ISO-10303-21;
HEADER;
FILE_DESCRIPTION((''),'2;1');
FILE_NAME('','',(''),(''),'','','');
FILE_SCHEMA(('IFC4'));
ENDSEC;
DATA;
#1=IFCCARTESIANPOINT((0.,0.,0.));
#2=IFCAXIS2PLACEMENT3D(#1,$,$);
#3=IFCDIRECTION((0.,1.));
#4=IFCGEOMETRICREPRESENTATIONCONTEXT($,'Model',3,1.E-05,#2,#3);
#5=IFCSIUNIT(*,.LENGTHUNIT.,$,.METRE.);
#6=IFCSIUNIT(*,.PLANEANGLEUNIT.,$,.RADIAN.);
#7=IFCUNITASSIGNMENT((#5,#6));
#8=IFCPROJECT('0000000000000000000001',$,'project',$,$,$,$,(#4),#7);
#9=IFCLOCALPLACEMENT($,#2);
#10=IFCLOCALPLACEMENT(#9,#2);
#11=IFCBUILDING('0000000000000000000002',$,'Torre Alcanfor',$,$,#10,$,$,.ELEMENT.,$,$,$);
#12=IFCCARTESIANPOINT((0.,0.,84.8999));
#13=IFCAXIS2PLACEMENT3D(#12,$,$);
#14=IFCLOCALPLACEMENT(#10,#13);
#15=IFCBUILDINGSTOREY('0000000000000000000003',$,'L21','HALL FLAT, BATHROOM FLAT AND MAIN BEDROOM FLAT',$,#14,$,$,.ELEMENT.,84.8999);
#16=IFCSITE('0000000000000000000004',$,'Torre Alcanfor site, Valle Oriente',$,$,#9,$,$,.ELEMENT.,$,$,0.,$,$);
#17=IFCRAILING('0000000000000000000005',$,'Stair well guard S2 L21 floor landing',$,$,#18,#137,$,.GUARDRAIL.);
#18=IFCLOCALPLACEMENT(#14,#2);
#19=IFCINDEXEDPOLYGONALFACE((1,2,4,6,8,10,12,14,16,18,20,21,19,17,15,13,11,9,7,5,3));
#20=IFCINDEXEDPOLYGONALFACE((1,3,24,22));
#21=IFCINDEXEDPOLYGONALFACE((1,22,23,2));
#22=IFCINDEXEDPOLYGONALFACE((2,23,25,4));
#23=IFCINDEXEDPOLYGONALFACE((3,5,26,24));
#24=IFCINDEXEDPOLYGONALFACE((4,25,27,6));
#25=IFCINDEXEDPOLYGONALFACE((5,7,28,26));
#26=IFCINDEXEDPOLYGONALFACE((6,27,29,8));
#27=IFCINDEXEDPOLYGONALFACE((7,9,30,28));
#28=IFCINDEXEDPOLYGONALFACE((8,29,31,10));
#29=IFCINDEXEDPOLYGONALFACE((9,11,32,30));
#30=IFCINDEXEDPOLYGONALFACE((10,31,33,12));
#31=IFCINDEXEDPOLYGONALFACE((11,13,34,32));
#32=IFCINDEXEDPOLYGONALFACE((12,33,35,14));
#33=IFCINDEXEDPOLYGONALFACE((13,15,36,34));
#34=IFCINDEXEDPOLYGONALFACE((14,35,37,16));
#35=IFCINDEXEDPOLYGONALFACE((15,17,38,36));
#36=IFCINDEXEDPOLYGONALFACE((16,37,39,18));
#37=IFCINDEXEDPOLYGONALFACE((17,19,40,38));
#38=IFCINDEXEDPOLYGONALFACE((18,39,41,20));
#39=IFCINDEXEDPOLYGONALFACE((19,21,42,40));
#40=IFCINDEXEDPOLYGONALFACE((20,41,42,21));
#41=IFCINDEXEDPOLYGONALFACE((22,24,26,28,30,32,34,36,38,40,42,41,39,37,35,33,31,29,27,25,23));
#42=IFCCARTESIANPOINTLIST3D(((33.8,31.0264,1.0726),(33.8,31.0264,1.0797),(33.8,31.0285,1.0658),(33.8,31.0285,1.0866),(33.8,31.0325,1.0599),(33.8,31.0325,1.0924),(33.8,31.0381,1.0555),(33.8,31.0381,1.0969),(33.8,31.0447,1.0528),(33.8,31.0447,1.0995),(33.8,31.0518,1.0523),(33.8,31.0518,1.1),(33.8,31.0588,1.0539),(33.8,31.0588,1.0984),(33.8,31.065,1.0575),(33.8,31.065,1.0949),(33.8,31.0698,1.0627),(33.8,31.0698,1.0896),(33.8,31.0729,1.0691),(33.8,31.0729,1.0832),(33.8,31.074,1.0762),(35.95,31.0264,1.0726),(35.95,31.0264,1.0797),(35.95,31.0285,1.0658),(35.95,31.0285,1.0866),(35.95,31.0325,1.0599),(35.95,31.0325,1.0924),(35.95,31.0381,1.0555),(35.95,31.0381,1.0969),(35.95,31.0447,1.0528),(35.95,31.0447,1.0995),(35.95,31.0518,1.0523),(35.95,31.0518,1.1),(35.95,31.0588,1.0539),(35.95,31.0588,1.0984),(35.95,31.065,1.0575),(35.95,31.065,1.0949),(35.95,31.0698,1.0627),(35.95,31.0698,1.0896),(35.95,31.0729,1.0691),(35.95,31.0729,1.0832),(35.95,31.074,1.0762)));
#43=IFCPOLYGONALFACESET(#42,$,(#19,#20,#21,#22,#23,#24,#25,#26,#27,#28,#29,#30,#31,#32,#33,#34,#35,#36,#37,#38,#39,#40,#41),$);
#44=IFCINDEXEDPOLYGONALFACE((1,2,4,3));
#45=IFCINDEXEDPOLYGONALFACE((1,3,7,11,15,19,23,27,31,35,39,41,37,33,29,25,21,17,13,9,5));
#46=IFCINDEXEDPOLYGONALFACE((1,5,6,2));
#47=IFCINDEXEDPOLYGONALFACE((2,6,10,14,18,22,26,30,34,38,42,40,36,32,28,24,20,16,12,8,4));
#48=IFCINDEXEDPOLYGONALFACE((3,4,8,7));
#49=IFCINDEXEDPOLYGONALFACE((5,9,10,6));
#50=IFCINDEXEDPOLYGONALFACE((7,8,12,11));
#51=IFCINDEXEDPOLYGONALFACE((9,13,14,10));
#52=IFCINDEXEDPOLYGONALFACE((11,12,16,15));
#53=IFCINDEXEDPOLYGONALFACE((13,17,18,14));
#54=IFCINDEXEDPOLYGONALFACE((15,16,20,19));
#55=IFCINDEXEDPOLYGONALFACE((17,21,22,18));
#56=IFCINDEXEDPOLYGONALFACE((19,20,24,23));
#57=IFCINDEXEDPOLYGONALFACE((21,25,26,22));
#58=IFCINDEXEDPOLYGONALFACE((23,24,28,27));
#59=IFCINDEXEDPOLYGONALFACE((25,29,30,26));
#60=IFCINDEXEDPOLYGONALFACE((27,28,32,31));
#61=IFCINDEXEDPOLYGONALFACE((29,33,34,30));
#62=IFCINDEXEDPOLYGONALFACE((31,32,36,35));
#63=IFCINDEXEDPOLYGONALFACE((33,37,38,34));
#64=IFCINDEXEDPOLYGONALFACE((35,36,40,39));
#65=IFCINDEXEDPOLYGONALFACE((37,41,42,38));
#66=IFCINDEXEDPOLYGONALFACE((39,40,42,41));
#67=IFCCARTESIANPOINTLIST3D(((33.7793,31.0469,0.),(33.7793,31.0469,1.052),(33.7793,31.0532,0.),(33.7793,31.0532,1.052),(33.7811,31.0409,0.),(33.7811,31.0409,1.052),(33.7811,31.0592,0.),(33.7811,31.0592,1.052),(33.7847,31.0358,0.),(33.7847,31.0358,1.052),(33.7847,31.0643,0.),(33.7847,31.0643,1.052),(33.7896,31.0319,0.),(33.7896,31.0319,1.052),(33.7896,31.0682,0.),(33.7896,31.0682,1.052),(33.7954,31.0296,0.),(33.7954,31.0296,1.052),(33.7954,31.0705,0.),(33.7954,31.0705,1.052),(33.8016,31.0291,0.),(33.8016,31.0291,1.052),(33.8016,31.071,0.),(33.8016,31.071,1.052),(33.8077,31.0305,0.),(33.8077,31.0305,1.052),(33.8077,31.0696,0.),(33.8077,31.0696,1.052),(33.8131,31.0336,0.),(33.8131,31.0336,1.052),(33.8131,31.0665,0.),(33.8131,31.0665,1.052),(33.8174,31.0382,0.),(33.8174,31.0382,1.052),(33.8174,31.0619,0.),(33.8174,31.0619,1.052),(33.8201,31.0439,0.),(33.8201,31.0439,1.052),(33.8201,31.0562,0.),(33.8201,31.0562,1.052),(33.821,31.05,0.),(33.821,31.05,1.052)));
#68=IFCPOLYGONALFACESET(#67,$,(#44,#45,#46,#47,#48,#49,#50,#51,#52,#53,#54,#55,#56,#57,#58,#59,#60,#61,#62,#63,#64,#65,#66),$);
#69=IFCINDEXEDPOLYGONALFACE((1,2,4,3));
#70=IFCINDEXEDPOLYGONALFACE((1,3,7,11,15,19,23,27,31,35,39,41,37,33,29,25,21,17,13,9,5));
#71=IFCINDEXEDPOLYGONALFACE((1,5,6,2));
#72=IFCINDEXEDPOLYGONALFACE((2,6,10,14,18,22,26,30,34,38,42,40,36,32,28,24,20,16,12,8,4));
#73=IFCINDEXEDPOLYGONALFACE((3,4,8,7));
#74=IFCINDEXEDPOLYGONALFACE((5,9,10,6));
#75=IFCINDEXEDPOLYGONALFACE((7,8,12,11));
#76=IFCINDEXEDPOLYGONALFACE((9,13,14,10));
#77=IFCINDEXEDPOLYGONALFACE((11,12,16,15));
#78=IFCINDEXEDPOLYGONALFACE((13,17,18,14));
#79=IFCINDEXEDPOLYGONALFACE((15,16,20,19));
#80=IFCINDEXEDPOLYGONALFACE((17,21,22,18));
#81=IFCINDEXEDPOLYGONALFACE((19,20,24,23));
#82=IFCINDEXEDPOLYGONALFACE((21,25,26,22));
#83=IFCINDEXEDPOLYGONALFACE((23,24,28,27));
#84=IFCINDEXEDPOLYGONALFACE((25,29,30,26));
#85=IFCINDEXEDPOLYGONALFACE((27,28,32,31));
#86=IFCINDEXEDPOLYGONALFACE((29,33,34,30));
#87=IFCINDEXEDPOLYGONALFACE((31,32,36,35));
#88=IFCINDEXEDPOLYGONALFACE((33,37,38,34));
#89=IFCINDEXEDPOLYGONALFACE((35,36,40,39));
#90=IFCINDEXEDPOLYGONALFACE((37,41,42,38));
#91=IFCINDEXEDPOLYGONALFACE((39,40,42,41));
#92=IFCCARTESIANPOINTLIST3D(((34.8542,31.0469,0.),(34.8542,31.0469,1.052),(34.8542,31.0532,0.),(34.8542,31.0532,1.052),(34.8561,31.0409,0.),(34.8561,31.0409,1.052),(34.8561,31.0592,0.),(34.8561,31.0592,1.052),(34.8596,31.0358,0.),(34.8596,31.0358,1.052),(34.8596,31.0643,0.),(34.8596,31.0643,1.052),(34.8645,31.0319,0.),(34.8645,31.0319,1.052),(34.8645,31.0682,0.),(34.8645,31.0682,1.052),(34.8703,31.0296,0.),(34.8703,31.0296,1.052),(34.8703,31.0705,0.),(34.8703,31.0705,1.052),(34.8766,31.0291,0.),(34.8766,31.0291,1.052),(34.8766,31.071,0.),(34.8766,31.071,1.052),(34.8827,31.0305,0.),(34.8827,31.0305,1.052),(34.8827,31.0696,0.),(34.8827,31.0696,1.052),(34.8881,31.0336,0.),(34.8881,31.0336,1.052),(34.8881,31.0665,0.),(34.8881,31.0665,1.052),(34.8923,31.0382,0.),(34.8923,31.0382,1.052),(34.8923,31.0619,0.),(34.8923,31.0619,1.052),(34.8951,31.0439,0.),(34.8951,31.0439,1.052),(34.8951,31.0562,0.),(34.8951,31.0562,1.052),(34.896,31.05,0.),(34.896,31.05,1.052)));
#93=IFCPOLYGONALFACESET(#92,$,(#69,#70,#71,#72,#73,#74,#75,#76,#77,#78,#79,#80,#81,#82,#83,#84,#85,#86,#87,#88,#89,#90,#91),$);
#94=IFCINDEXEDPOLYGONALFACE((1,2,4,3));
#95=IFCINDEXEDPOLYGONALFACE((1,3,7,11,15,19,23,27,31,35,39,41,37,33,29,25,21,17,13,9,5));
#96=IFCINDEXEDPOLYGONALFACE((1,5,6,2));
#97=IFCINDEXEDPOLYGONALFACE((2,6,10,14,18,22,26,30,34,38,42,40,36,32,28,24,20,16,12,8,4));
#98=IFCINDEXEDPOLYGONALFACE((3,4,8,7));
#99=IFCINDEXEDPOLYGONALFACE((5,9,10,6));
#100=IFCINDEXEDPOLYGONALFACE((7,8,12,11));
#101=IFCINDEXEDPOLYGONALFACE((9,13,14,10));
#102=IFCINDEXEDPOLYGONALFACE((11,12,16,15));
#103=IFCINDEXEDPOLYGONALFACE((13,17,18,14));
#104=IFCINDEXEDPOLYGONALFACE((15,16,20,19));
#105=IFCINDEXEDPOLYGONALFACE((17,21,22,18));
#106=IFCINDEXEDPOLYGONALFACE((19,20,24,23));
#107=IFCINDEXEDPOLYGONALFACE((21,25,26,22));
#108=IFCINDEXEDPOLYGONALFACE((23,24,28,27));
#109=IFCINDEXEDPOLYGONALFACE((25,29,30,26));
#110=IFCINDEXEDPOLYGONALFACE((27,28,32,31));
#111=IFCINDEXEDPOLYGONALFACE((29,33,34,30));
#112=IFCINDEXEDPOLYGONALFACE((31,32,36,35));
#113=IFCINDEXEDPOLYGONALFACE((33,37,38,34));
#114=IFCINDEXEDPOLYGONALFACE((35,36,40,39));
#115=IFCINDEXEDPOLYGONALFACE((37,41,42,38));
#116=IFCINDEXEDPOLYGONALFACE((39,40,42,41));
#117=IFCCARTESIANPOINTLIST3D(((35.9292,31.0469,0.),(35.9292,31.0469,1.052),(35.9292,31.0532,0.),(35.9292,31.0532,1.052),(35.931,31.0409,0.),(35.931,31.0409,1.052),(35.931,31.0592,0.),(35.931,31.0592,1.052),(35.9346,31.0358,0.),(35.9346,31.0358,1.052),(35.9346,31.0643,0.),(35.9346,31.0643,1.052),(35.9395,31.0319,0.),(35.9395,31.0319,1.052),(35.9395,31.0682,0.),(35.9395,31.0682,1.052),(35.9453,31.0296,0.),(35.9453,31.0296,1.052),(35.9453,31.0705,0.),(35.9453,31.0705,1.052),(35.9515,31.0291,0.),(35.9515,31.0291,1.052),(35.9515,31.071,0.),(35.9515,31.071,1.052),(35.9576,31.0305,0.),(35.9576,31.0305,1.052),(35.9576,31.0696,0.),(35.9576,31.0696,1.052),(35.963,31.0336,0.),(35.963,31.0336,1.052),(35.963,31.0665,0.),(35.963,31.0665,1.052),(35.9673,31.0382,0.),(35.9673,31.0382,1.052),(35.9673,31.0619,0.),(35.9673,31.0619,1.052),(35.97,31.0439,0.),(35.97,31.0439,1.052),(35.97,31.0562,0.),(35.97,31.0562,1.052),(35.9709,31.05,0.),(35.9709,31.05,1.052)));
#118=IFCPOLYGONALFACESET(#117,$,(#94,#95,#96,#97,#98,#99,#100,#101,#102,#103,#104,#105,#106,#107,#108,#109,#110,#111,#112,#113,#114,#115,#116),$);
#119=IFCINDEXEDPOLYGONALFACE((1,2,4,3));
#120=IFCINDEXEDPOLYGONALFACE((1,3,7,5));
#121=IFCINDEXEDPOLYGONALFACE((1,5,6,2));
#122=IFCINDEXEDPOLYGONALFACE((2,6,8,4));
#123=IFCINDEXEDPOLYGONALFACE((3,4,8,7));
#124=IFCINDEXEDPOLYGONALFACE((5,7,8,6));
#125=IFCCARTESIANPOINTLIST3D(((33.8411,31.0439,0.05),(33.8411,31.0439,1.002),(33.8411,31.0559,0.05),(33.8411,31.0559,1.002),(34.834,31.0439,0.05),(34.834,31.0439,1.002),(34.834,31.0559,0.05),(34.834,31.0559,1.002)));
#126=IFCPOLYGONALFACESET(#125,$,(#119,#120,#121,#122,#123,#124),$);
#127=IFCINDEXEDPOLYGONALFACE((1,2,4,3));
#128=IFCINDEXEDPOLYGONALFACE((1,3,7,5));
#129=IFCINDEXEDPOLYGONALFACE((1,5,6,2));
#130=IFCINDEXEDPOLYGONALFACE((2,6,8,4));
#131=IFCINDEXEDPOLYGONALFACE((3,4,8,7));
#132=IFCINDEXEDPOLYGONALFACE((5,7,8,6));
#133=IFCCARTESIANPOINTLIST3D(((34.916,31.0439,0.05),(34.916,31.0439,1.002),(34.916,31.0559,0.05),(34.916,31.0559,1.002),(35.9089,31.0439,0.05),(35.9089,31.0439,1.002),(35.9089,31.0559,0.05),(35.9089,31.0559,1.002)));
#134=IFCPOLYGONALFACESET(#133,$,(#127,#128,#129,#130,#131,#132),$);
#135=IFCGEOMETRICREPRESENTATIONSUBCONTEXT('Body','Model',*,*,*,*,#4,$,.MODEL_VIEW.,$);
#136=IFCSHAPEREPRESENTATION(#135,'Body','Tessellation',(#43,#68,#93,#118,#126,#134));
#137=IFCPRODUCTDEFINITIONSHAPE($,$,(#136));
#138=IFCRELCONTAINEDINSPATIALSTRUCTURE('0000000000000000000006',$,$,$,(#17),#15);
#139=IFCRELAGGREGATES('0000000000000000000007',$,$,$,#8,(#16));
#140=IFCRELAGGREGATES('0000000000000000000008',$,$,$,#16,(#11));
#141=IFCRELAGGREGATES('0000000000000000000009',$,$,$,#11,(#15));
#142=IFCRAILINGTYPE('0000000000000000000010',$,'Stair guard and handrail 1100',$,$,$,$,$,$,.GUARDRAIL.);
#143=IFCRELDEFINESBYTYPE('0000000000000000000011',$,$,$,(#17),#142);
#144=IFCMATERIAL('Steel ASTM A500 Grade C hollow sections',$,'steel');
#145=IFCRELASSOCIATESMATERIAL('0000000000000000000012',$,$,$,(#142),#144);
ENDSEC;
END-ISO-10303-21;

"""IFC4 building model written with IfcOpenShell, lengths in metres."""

from ifc_helpers import new_model, si_unit, direction, frame, origin, origin_2d, place, context, subcontext, project, spatial, polyline, circle, outline, extrude, material, type_object, element, save


model = new_model("IFC4")

# Units and contexts
model_context = context("Model", 3, precision=1e-05, world=origin(), true_north=direction((0.0, 1.0)))
body_context = subcontext(model_context, "Body", "Model", "MODEL_VIEW")
ifc_project = project(units=[si_unit("LENGTHUNIT", "METRE"), si_unit("PLANEANGLEUNIT", "RADIAN")], contexts=[model_context])

# Site, building, storey
site_placement = place(None, origin())
site = spatial("IfcSite", under=ifc_project, at=site_placement, Name="Torre Alcanfor site, Valle Oriente", CompositionType="ELEMENT", RefElevation=0.0)
building_placement = place(site_placement, origin())
building = spatial("IfcBuilding", under=site, at=building_placement, Name="Torre Alcanfor", CompositionType="ELEMENT")
storey_placement = place(building_placement, frame((0.0, 0.0, 84.8999)))
storey = spatial("IfcBuildingStorey", under=building, at=storey_placement, Name="L21", Description="HALL FLAT, BATHROOM FLAT AND MAIN BEDROOM FLAT", CompositionType="ELEMENT", Elevation=84.8999)

# Railing
ifc_material_1 = material(Name="Steel ASTM A500 Grade C hollow sections", Category="steel")
railing_type_1 = type_object("IfcRailingType", Name="Stair guard and handrail 1100", PredefinedType="GUARDRAIL", material=ifc_material_1)
for number, where, name in (
    (1, (33.8, 31.05, 0.0), "Stair well guard S2 L21 floor landing"),
):
    element("IfcRailing", number, at=place(storey_placement, frame(where)), inside=storey, type_object=railing_type_1, Name=name, PredefinedType="GUARDRAIL", context=body_context, shape_type="SweptSolid", body=[
        extrude(circle(Radius=0.0239, at=origin_2d()), frame((0.0, 0.0, 1.0762), z_axis=(1.0, 0.0, 0.0), x_axis=(0.0, 1.0, 0.0)), (0.0, 0.0, 1.0), 2.1499),
        extrude(circle(Radius=0.021, at=origin_2d()), origin(), (0.0, 0.0, 1.0), 1.052),
        extrude(circle(Radius=0.021, at=origin_2d()), frame((1.075, 0.0, 0.0)), (0.0, 0.0, 1.0), 1.052),
        extrude(circle(Radius=0.021, at=origin_2d()), frame((2.1499, 0.0, 0.0)), (0.0, 0.0, 1.0), 1.052),
        extrude(outline(polyline([(0.041, 0.05), (1.0339, 0.05), (1.0339, 1.002), (0.041, 1.002), (0.041, 0.05)])), frame((0.0, 0.0059, 0.0), z_axis=(0.0, -1.0, 0.0), x_axis=(1.0, 0.0, 0.0)), (0.0, 0.0, 1.0), 0.012),
        extrude(outline(polyline([(1.116, 0.05), (2.1089, 0.05), (2.1089, 1.002), (1.116, 1.002), (1.116, 0.05)])), frame((0.0, 0.0059, 0.0), z_axis=(0.0, -1.0, 0.0), x_axis=(1.0, 0.0, 0.0)), (0.0, 0.0, 1.0), 0.012),
    ])

save(model, "model.ifc")
